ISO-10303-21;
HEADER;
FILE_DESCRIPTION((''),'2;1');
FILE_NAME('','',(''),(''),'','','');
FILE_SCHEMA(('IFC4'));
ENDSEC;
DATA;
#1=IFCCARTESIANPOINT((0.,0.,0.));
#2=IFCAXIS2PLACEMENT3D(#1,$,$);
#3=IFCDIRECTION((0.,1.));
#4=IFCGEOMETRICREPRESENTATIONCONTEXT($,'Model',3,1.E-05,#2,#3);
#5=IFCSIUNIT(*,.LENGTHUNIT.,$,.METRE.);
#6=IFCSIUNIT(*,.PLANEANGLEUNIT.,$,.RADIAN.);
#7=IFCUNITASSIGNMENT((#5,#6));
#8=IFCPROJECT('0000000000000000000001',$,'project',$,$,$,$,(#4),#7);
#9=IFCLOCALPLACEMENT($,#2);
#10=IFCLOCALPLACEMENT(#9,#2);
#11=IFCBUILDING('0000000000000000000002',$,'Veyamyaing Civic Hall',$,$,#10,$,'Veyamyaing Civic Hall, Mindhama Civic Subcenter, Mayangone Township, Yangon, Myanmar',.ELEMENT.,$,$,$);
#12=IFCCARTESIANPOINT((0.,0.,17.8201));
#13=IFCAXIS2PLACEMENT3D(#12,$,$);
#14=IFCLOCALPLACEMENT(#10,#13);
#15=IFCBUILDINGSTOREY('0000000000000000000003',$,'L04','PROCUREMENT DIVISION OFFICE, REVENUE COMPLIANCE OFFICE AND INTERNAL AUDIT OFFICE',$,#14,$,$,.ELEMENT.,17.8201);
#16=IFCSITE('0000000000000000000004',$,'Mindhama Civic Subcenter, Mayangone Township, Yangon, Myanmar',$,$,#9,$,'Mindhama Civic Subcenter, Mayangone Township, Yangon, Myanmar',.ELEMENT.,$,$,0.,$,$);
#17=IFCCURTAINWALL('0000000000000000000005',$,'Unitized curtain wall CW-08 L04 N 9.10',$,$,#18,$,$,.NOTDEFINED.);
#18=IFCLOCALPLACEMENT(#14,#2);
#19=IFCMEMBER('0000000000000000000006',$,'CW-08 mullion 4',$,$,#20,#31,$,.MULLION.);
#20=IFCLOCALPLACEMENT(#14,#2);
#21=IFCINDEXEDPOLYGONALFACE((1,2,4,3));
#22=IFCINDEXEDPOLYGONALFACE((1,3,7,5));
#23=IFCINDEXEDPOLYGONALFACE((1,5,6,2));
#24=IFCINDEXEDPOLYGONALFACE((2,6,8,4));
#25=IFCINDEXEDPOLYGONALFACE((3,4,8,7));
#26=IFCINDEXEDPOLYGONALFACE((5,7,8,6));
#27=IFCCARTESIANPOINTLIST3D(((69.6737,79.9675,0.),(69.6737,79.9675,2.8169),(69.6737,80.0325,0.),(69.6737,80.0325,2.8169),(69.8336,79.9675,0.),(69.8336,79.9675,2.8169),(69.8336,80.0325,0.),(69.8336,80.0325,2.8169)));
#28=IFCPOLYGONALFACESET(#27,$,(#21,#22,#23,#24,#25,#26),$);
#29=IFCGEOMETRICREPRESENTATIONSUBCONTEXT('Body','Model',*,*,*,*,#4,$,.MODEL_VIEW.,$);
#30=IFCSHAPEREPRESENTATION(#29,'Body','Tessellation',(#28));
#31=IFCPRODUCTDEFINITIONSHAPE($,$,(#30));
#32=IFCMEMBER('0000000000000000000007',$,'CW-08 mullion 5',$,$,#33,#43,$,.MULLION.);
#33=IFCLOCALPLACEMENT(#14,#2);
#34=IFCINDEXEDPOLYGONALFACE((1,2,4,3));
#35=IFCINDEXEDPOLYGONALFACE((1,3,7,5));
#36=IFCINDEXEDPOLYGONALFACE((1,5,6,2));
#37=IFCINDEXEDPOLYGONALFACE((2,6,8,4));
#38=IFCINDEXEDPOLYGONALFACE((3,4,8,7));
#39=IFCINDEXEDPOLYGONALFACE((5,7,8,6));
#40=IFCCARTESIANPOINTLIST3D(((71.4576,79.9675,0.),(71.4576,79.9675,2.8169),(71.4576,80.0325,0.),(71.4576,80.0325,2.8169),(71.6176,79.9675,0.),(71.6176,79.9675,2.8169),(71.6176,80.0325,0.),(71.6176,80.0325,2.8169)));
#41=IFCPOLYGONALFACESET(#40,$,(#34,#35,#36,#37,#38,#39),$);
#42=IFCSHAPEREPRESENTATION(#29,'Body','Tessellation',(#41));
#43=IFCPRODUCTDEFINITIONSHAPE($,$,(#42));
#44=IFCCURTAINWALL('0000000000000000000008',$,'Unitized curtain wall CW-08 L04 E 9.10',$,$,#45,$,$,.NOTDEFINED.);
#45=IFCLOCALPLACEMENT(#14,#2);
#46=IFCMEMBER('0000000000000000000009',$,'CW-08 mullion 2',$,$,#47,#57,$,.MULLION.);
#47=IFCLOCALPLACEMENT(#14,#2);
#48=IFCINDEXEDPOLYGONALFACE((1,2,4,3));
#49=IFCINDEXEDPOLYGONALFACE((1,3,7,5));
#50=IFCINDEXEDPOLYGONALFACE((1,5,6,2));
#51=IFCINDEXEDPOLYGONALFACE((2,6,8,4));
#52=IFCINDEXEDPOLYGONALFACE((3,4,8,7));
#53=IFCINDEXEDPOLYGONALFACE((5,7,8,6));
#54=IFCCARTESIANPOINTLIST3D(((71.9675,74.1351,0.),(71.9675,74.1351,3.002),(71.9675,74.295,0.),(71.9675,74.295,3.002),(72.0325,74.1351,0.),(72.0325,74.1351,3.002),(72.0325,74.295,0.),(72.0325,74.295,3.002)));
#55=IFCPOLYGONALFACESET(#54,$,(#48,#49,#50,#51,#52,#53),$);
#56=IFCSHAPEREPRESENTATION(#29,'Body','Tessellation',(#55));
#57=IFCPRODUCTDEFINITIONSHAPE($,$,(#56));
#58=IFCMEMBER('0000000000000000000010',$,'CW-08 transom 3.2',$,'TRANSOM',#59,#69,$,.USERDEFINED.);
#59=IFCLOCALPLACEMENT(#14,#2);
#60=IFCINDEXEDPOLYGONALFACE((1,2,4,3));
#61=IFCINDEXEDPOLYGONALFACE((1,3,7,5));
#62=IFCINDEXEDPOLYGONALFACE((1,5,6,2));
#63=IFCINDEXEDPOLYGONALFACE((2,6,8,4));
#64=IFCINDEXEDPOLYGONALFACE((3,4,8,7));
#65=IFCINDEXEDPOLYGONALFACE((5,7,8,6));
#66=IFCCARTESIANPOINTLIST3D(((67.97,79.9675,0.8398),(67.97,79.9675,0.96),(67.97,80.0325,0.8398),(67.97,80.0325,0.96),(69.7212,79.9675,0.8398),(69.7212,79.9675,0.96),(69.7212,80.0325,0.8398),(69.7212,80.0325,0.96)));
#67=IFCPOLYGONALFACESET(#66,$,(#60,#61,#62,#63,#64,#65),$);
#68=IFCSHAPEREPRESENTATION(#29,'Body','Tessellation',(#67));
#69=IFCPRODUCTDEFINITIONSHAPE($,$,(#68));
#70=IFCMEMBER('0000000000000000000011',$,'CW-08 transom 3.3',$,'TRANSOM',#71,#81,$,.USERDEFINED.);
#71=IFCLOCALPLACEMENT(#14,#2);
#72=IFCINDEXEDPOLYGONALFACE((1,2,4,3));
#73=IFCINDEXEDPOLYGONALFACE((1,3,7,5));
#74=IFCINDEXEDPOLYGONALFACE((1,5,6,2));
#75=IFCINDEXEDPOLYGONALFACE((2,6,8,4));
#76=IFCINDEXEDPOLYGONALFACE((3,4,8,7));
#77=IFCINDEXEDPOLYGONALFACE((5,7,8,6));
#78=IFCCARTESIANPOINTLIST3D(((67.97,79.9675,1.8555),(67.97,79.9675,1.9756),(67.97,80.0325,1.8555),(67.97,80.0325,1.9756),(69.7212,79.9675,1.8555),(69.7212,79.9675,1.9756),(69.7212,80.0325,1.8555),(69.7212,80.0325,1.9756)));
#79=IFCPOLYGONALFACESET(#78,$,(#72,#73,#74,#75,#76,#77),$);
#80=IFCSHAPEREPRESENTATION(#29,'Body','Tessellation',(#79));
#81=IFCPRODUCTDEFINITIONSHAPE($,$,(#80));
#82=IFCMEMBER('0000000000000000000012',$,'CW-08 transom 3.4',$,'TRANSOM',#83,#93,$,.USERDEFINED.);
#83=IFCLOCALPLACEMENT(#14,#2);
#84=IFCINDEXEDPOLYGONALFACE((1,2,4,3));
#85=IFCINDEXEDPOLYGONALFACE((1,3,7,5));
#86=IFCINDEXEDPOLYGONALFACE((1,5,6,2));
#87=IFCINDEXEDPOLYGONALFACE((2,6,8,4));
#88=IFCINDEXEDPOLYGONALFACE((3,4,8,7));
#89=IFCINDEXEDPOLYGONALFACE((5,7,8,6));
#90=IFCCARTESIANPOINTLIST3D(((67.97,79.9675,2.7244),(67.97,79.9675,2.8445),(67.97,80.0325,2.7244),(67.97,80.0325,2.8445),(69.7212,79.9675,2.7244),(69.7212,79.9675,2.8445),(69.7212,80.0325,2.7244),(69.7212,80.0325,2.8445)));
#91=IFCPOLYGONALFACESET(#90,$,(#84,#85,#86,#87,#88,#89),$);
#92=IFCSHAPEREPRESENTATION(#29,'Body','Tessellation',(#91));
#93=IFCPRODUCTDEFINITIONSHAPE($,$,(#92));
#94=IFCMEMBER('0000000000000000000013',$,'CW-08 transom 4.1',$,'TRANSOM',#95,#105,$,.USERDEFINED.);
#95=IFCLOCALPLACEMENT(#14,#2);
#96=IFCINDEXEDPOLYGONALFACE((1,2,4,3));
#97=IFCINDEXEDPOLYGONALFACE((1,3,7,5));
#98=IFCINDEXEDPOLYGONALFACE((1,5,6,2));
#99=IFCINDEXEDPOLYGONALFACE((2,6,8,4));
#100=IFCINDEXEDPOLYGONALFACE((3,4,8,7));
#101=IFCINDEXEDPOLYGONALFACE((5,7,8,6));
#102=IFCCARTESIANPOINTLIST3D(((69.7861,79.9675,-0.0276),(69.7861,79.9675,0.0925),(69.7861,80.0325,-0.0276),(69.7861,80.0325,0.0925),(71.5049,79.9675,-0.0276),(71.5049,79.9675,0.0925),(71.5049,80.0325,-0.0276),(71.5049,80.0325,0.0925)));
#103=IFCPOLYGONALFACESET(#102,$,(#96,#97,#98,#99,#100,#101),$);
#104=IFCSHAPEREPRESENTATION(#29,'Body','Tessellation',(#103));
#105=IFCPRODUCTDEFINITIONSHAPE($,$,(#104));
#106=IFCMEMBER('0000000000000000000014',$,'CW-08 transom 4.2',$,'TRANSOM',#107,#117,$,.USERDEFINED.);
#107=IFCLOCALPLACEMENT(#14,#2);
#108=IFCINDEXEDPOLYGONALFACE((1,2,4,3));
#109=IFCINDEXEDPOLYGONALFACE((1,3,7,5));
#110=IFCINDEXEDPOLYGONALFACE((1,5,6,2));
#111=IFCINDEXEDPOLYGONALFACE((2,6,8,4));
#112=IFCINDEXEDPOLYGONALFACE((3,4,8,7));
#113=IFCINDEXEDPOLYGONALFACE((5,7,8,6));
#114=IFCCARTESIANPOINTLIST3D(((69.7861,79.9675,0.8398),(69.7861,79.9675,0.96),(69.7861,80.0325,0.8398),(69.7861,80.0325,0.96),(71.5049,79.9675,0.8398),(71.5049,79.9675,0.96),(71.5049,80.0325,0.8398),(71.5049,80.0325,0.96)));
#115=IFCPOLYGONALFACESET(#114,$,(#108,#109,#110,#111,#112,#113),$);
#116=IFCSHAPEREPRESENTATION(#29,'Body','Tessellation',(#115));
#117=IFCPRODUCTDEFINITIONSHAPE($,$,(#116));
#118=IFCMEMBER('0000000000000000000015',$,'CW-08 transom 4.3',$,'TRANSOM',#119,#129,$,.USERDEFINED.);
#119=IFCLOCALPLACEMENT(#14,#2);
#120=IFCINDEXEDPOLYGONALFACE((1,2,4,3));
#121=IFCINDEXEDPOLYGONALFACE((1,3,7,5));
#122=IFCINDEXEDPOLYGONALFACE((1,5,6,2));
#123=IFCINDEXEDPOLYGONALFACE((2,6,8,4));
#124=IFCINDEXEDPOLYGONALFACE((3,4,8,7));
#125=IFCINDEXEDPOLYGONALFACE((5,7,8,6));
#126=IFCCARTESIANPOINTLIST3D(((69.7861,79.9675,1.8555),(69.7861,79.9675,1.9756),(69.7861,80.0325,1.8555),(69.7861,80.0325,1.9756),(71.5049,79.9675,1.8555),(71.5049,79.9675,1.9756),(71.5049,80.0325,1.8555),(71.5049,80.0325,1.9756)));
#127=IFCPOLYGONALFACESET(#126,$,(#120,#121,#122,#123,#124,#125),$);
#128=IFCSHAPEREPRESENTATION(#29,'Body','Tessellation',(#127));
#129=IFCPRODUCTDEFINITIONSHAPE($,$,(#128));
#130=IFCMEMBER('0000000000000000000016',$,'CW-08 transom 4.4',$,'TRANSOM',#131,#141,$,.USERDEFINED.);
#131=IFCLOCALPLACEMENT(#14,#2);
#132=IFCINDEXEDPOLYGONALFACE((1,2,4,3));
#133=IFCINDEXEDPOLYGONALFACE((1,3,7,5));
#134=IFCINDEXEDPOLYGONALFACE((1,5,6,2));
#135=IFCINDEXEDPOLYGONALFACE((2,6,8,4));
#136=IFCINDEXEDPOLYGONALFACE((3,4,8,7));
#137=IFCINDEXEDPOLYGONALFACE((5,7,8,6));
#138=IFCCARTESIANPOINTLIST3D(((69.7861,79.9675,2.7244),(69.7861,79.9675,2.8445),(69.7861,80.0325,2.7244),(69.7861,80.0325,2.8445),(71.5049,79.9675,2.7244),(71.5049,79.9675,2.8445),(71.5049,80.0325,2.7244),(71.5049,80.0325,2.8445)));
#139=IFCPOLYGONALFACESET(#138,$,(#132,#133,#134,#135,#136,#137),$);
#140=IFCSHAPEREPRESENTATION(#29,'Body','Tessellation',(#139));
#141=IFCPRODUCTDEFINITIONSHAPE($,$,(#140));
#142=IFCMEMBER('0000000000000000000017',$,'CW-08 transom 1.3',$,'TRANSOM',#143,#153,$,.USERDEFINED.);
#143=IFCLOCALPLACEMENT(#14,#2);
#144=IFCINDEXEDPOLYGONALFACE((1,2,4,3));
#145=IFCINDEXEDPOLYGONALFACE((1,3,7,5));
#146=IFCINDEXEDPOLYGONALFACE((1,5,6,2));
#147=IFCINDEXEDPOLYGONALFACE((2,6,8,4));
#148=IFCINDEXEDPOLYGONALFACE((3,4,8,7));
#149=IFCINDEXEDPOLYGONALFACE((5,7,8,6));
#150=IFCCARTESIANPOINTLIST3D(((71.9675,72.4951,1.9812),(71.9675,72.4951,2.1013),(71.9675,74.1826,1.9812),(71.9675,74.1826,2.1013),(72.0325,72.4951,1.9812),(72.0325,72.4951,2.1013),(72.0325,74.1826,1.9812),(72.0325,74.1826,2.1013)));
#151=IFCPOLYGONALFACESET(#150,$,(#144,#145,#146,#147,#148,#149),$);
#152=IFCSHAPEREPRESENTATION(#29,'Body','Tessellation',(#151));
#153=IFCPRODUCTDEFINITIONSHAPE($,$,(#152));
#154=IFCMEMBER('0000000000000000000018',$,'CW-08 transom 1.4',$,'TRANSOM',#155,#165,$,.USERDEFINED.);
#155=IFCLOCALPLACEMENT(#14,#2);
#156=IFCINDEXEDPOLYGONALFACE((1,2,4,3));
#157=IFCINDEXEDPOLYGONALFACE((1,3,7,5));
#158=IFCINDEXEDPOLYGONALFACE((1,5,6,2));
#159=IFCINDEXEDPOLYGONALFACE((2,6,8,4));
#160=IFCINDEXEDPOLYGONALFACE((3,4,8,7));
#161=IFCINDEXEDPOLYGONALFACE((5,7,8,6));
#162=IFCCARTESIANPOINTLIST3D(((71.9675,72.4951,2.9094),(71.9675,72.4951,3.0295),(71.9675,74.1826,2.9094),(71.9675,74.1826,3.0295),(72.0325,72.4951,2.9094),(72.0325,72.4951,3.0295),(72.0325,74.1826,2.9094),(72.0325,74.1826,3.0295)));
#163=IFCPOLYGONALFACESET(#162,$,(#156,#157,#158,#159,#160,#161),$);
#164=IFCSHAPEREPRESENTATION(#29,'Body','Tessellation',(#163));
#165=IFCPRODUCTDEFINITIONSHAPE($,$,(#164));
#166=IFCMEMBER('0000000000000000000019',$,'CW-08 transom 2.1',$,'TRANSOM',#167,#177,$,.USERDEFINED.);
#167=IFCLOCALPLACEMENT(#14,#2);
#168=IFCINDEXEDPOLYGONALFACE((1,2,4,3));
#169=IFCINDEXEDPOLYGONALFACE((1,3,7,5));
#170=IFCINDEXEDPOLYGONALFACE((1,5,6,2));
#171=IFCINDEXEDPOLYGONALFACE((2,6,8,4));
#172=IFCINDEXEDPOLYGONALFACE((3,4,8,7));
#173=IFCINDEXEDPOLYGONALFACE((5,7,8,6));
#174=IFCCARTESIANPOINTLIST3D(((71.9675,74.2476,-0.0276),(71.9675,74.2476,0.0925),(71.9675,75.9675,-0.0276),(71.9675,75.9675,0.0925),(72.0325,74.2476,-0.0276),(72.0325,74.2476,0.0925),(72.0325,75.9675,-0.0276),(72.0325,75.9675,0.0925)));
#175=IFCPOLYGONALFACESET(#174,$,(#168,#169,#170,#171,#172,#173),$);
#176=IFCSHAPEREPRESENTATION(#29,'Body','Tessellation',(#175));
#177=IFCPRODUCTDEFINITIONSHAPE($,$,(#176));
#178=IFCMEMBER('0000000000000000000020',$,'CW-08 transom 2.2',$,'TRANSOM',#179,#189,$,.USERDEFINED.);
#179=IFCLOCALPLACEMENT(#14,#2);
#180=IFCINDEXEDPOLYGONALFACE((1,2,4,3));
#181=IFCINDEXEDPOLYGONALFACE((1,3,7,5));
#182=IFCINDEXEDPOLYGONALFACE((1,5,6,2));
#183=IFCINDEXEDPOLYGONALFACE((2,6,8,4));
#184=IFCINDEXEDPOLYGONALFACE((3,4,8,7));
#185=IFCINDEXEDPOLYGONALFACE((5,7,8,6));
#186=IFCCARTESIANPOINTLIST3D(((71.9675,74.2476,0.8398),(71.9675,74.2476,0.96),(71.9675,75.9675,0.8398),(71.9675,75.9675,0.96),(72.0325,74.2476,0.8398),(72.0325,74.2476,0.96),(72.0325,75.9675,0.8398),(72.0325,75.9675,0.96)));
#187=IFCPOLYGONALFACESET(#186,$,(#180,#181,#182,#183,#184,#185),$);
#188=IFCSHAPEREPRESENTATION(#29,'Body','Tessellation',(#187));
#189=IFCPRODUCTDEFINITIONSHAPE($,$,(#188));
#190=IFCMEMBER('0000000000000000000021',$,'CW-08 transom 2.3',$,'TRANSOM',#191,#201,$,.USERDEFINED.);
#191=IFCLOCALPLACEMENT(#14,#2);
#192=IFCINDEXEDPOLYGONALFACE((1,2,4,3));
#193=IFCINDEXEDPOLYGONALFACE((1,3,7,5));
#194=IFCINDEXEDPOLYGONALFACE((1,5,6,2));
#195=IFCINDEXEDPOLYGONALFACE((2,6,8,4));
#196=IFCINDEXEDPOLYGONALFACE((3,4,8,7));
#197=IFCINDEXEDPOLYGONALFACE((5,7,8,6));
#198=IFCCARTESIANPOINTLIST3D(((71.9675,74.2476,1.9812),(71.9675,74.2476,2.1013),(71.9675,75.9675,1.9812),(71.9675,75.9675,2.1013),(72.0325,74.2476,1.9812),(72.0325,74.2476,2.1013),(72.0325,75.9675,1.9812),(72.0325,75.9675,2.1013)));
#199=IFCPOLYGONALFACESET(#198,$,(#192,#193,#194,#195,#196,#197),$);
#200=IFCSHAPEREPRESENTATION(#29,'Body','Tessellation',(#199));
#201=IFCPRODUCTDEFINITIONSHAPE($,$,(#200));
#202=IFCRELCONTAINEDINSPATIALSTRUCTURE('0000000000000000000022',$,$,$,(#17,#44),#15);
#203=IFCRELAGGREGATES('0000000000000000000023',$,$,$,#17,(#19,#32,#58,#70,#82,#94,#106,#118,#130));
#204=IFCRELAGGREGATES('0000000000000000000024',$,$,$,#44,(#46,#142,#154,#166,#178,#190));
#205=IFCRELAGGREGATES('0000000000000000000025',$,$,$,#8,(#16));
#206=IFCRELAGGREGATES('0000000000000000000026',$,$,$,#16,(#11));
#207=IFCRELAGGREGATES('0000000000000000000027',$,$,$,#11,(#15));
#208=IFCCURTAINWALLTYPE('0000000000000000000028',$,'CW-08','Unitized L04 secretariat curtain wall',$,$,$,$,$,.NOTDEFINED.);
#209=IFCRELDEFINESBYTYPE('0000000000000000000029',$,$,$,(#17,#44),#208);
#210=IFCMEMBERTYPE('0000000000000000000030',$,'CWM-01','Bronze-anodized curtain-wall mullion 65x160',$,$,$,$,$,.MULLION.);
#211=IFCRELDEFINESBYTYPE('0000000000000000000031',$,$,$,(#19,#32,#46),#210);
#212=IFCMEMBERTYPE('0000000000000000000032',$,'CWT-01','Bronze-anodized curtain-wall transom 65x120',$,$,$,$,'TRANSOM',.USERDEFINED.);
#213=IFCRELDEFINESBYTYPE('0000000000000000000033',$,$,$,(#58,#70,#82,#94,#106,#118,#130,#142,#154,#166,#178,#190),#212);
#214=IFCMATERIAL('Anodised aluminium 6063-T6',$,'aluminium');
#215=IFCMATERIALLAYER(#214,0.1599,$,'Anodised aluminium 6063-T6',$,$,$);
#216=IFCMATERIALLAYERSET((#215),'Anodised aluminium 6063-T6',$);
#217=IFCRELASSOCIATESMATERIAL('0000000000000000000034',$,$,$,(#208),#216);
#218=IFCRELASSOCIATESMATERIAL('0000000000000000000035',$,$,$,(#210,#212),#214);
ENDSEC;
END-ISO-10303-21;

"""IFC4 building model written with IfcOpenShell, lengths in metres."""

from ifc_helpers import new_model, si_unit, direction, frame, origin, origin_2d, place, context, subcontext, project, spatial, rectangle, extrude, material, layer, layer_set, material_profile, profile_set, type_object, element, aggregate, save


model = new_model("IFC4")

# Units and contexts
model_context = context("Model", 3, precision=1e-05, world=origin(), true_north=direction((0.0, 1.0)))
body_context = subcontext(model_context, "Body", "Model", "MODEL_VIEW")
ifc_project = project(units=[si_unit("LENGTHUNIT", "METRE"), si_unit("PLANEANGLEUNIT", "RADIAN")], contexts=[model_context])

# Site, building, storey
site_placement = place(None, origin())
site = spatial("IfcSite", under=ifc_project, at=site_placement, Name="Mindhama Civic Subcenter, Mayangone Township, Yangon, Myanmar", LongName="Mindhama Civic Subcenter, Mayangone Township, Yangon, Myanmar", CompositionType="ELEMENT", RefElevation=0.0)
building_placement = place(site_placement, origin())
building = spatial("IfcBuilding", under=site, at=building_placement, Name="Veyamyaing Civic Hall", LongName="Veyamyaing Civic Hall, Mindhama Civic Subcenter, Mayangone Township, Yangon, Myanmar", CompositionType="ELEMENT")
storey_placement = place(building_placement, frame((0.0, 0.0, 17.8201)))
storey = spatial("IfcBuildingStorey", under=building, at=storey_placement, Name="L04", Description="PROCUREMENT DIVISION OFFICE, REVENUE COMPLIANCE OFFICE AND INTERNAL AUDIT OFFICE", CompositionType="ELEMENT", Elevation=17.8201)

# Curtain wall, members
ifc_material_1 = material(Name="Anodised aluminium 6063-T6", Category="aluminium")
ifc_layer_1 = layer(ifc_material_1, 0.1599, Name="Anodised aluminium 6063-T6")
ifc_layer_set_1 = layer_set([ifc_layer_1], Name="Anodised aluminium 6063-T6")
curtain_wall_type = type_object("IfcCurtainWallType", Name="CW-08", Description="Unitized L04 secretariat curtain wall", PredefinedType="NOTDEFINED", material=ifc_layer_set_1)
curtain_wall_1_placement = place(storey_placement, origin())
curtain_wall_1 = element("IfcCurtainWall", 1, at=curtain_wall_1_placement, inside=storey, type_object=curtain_wall_type, Name="Unitized curtain wall CW-08 L04 N 9.10", PredefinedType="NOTDEFINED")
ifc_material_profile_1 = material_profile(ifc_material_1, rectangle(XDim=0.0649, YDim=0.1599, at=origin_2d()), Name="ALU-MUL-65X160")
ifc_profile_set_1 = profile_set([ifc_material_profile_1], Name="Anodised aluminium 6063-T6")
member_type_1 = type_object("IfcMemberType", Name="CWM-01", Description="Bronze-anodized curtain-wall mullion 65x160", PredefinedType="MULLION", material=ifc_profile_set_1)
member_1_placement = place(storey_placement, frame((69.7537, 80.0, 0.0), z_axis=(0.0, 0.0, 1.0), x_axis=(0.0, 1.0, 0.0)))
member_1 = element("IfcMember", 2, at=member_1_placement, type_object=member_type_1, Name="CW-08 mullion 4", PredefinedType="MULLION", context=body_context, shape_type="SweptSolid", body=[
    extrude(rectangle(XDim=0.0649, YDim=0.1599, at=origin_2d()), origin(), (0.0, 0.0, 1.0), 2.8169),
])
member_2_placement = place(storey_placement, frame((71.5376, 80.0, 0.0), z_axis=(0.0, 0.0, 1.0), x_axis=(0.0, 1.0, 0.0)))
member_2 = element("IfcMember", 3, at=member_2_placement, type_object=member_type_1, Name="CW-08 mullion 5", PredefinedType="MULLION", context=body_context, shape_type="SweptSolid", body=[
    extrude(rectangle(XDim=0.0649, YDim=0.1599, at=origin_2d()), origin(), (0.0, 0.0, 1.0), 2.8169),
])

# Curtain wall, member
curtain_wall_2_placement = place(storey_placement, origin())
curtain_wall_2 = element("IfcCurtainWall", 4, at=curtain_wall_2_placement, inside=storey, type_object=curtain_wall_type, Name="Unitized curtain wall CW-08 L04 E 9.10", PredefinedType="NOTDEFINED")
member_3_placement = place(storey_placement, frame((72.0, 74.2151, 0.0), z_axis=(0.0, 0.0, 1.0), x_axis=(-1.0, 0.0, 0.0)))
member_3 = element("IfcMember", 5, at=member_3_placement, type_object=member_type_1, Name="CW-08 mullion 2", PredefinedType="MULLION", context=body_context, shape_type="SweptSolid", body=[
    extrude(rectangle(XDim=0.0649, YDim=0.1599, at=origin_2d()), origin(), (0.0, 0.0, 1.0), 3.002),
])

# Members
ifc_material_profile_2 = material_profile(ifc_material_1, rectangle(XDim=0.0649, YDim=0.1201, at=origin_2d()), Name="ALU-TRN-65X120")
ifc_profile_set_2 = profile_set([ifc_material_profile_2], Name="Anodised aluminium 6063-T6")
member_type_2 = type_object("IfcMemberType", Name="CWT-01", Description="Bronze-anodized curtain-wall transom 65x120", ElementType="TRANSOM", PredefinedType="USERDEFINED", material=ifc_profile_set_2)
member_4_placement = place(storey_placement, frame((67.97, 80.0, 0.8999), z_axis=(1.0, 0.0, 0.0), x_axis=(0.0, 1.0, 0.0)))
member_4 = element("IfcMember", 6, at=member_4_placement, type_object=member_type_2, Name="CW-08 transom 3.2", ObjectType="TRANSOM", PredefinedType="USERDEFINED", context=body_context, shape_type="SweptSolid", body=[
    extrude(rectangle(XDim=0.0649, YDim=0.1201, at=origin_2d()), origin(), (0.0, 0.0, 1.0), 1.7512),
])
member_5_placement = place(storey_placement, frame((67.97, 80.0, 1.9155), z_axis=(1.0, 0.0, 0.0), x_axis=(0.0, 1.0, 0.0)))
member_5 = element("IfcMember", 7, at=member_5_placement, type_object=member_type_2, Name="CW-08 transom 3.3", ObjectType="TRANSOM", PredefinedType="USERDEFINED", context=body_context, shape_type="SweptSolid", body=[
    extrude(rectangle(XDim=0.0649, YDim=0.1201, at=origin_2d()), origin(), (0.0, 0.0, 1.0), 1.7512),
])
member_6_placement = place(storey_placement, frame((67.97, 80.0, 2.7844), z_axis=(1.0, 0.0, 0.0), x_axis=(0.0, 1.0, 0.0)))
member_6 = element("IfcMember", 8, at=member_6_placement, type_object=member_type_2, Name="CW-08 transom 3.4", ObjectType="TRANSOM", PredefinedType="USERDEFINED", context=body_context, shape_type="SweptSolid", body=[
    extrude(rectangle(XDim=0.0649, YDim=0.1201, at=origin_2d()), origin(), (0.0, 0.0, 1.0), 1.7512),
])
member_7_placement = place(storey_placement, frame((69.7861, 80.0, 0.0325), z_axis=(1.0, 0.0, 0.0), x_axis=(0.0, 1.0, 0.0)))
member_7 = element("IfcMember", 9, at=member_7_placement, type_object=member_type_2, Name="CW-08 transom 4.1", ObjectType="TRANSOM", PredefinedType="USERDEFINED", context=body_context, shape_type="SweptSolid", body=[
    extrude(rectangle(XDim=0.0649, YDim=0.1201, at=origin_2d()), origin(), (0.0, 0.0, 1.0), 1.7188),
])
member_8_placement = place(storey_placement, frame((69.7861, 80.0, 0.8999), z_axis=(1.0, 0.0, 0.0), x_axis=(0.0, 1.0, 0.0)))
member_8 = element("IfcMember", 10, at=member_8_placement, type_object=member_type_2, Name="CW-08 transom 4.2", ObjectType="TRANSOM", PredefinedType="USERDEFINED", context=body_context, shape_type="SweptSolid", body=[
    extrude(rectangle(XDim=0.0649, YDim=0.1201, at=origin_2d()), origin(), (0.0, 0.0, 1.0), 1.7188),
])
member_9_placement = place(storey_placement, frame((69.7861, 80.0, 1.9155), z_axis=(1.0, 0.0, 0.0), x_axis=(0.0, 1.0, 0.0)))
member_9 = element("IfcMember", 11, at=member_9_placement, type_object=member_type_2, Name="CW-08 transom 4.3", ObjectType="TRANSOM", PredefinedType="USERDEFINED", context=body_context, shape_type="SweptSolid", body=[
    extrude(rectangle(XDim=0.0649, YDim=0.1201, at=origin_2d()), origin(), (0.0, 0.0, 1.0), 1.7188),
])
member_10_placement = place(storey_placement, frame((69.7861, 80.0, 2.7844), z_axis=(1.0, 0.0, 0.0), x_axis=(0.0, 1.0, 0.0)))
member_10 = element("IfcMember", 12, at=member_10_placement, type_object=member_type_2, Name="CW-08 transom 4.4", ObjectType="TRANSOM", PredefinedType="USERDEFINED", context=body_context, shape_type="SweptSolid", body=[
    extrude(rectangle(XDim=0.0649, YDim=0.1201, at=origin_2d()), origin(), (0.0, 0.0, 1.0), 1.7188),
])
member_11_placement = place(storey_placement, frame((72.0, 72.4951, 2.0413), z_axis=(0.0, 1.0, 0.0), x_axis=(-1.0, 0.0, 0.0)))
member_11 = element("IfcMember", 13, at=member_11_placement, type_object=member_type_2, Name="CW-08 transom 1.3", ObjectType="TRANSOM", PredefinedType="USERDEFINED", context=body_context, shape_type="SweptSolid", body=[
    extrude(rectangle(XDim=0.0649, YDim=0.1201, at=origin_2d()), origin(), (0.0, 0.0, 1.0), 1.6875),
])
member_12_placement = place(storey_placement, frame((72.0, 72.4951, 2.9695), z_axis=(0.0, 1.0, 0.0), x_axis=(-1.0, 0.0, 0.0)))
member_12 = element("IfcMember", 14, at=member_12_placement, type_object=member_type_2, Name="CW-08 transom 1.4", ObjectType="TRANSOM", PredefinedType="USERDEFINED", context=body_context, shape_type="SweptSolid", body=[
    extrude(rectangle(XDim=0.0649, YDim=0.1201, at=origin_2d()), origin(), (0.0, 0.0, 1.0), 1.6875),
])
member_13_placement = place(storey_placement, frame((72.0, 74.2476, 0.0325), z_axis=(0.0, 1.0, 0.0), x_axis=(-1.0, 0.0, 0.0)))
member_13 = element("IfcMember", 15, at=member_13_placement, type_object=member_type_2, Name="CW-08 transom 2.1", ObjectType="TRANSOM", PredefinedType="USERDEFINED", context=body_context, shape_type="SweptSolid", body=[
    extrude(rectangle(XDim=0.0649, YDim=0.1201, at=origin_2d()), origin(), (0.0, 0.0, 1.0), 1.72),
])
member_14_placement = place(storey_placement, frame((72.0, 74.2476, 0.8999), z_axis=(0.0, 1.0, 0.0), x_axis=(-1.0, 0.0, 0.0)))
member_14 = element("IfcMember", 16, at=member_14_placement, type_object=member_type_2, Name="CW-08 transom 2.2", ObjectType="TRANSOM", PredefinedType="USERDEFINED", context=body_context, shape_type="SweptSolid", body=[
    extrude(rectangle(XDim=0.0649, YDim=0.1201, at=origin_2d()), origin(), (0.0, 0.0, 1.0), 1.72),
])
member_15_placement = place(storey_placement, frame((72.0, 74.2476, 2.0413), z_axis=(0.0, 1.0, 0.0), x_axis=(-1.0, 0.0, 0.0)))
member_15 = element("IfcMember", 17, at=member_15_placement, type_object=member_type_2, Name="CW-08 transom 2.3", ObjectType="TRANSOM", PredefinedType="USERDEFINED", context=body_context, shape_type="SweptSolid", body=[
    extrude(rectangle(XDim=0.0649, YDim=0.1201, at=origin_2d()), origin(), (0.0, 0.0, 1.0), 1.72),
])

aggregate(curtain_wall_1, [member_1, member_2, member_4, member_5, member_6, member_7, member_8, member_9, member_10])
aggregate(curtain_wall_2, [member_3, member_11, member_12, member_13, member_14, member_15])

save(model, "model.ifc")
